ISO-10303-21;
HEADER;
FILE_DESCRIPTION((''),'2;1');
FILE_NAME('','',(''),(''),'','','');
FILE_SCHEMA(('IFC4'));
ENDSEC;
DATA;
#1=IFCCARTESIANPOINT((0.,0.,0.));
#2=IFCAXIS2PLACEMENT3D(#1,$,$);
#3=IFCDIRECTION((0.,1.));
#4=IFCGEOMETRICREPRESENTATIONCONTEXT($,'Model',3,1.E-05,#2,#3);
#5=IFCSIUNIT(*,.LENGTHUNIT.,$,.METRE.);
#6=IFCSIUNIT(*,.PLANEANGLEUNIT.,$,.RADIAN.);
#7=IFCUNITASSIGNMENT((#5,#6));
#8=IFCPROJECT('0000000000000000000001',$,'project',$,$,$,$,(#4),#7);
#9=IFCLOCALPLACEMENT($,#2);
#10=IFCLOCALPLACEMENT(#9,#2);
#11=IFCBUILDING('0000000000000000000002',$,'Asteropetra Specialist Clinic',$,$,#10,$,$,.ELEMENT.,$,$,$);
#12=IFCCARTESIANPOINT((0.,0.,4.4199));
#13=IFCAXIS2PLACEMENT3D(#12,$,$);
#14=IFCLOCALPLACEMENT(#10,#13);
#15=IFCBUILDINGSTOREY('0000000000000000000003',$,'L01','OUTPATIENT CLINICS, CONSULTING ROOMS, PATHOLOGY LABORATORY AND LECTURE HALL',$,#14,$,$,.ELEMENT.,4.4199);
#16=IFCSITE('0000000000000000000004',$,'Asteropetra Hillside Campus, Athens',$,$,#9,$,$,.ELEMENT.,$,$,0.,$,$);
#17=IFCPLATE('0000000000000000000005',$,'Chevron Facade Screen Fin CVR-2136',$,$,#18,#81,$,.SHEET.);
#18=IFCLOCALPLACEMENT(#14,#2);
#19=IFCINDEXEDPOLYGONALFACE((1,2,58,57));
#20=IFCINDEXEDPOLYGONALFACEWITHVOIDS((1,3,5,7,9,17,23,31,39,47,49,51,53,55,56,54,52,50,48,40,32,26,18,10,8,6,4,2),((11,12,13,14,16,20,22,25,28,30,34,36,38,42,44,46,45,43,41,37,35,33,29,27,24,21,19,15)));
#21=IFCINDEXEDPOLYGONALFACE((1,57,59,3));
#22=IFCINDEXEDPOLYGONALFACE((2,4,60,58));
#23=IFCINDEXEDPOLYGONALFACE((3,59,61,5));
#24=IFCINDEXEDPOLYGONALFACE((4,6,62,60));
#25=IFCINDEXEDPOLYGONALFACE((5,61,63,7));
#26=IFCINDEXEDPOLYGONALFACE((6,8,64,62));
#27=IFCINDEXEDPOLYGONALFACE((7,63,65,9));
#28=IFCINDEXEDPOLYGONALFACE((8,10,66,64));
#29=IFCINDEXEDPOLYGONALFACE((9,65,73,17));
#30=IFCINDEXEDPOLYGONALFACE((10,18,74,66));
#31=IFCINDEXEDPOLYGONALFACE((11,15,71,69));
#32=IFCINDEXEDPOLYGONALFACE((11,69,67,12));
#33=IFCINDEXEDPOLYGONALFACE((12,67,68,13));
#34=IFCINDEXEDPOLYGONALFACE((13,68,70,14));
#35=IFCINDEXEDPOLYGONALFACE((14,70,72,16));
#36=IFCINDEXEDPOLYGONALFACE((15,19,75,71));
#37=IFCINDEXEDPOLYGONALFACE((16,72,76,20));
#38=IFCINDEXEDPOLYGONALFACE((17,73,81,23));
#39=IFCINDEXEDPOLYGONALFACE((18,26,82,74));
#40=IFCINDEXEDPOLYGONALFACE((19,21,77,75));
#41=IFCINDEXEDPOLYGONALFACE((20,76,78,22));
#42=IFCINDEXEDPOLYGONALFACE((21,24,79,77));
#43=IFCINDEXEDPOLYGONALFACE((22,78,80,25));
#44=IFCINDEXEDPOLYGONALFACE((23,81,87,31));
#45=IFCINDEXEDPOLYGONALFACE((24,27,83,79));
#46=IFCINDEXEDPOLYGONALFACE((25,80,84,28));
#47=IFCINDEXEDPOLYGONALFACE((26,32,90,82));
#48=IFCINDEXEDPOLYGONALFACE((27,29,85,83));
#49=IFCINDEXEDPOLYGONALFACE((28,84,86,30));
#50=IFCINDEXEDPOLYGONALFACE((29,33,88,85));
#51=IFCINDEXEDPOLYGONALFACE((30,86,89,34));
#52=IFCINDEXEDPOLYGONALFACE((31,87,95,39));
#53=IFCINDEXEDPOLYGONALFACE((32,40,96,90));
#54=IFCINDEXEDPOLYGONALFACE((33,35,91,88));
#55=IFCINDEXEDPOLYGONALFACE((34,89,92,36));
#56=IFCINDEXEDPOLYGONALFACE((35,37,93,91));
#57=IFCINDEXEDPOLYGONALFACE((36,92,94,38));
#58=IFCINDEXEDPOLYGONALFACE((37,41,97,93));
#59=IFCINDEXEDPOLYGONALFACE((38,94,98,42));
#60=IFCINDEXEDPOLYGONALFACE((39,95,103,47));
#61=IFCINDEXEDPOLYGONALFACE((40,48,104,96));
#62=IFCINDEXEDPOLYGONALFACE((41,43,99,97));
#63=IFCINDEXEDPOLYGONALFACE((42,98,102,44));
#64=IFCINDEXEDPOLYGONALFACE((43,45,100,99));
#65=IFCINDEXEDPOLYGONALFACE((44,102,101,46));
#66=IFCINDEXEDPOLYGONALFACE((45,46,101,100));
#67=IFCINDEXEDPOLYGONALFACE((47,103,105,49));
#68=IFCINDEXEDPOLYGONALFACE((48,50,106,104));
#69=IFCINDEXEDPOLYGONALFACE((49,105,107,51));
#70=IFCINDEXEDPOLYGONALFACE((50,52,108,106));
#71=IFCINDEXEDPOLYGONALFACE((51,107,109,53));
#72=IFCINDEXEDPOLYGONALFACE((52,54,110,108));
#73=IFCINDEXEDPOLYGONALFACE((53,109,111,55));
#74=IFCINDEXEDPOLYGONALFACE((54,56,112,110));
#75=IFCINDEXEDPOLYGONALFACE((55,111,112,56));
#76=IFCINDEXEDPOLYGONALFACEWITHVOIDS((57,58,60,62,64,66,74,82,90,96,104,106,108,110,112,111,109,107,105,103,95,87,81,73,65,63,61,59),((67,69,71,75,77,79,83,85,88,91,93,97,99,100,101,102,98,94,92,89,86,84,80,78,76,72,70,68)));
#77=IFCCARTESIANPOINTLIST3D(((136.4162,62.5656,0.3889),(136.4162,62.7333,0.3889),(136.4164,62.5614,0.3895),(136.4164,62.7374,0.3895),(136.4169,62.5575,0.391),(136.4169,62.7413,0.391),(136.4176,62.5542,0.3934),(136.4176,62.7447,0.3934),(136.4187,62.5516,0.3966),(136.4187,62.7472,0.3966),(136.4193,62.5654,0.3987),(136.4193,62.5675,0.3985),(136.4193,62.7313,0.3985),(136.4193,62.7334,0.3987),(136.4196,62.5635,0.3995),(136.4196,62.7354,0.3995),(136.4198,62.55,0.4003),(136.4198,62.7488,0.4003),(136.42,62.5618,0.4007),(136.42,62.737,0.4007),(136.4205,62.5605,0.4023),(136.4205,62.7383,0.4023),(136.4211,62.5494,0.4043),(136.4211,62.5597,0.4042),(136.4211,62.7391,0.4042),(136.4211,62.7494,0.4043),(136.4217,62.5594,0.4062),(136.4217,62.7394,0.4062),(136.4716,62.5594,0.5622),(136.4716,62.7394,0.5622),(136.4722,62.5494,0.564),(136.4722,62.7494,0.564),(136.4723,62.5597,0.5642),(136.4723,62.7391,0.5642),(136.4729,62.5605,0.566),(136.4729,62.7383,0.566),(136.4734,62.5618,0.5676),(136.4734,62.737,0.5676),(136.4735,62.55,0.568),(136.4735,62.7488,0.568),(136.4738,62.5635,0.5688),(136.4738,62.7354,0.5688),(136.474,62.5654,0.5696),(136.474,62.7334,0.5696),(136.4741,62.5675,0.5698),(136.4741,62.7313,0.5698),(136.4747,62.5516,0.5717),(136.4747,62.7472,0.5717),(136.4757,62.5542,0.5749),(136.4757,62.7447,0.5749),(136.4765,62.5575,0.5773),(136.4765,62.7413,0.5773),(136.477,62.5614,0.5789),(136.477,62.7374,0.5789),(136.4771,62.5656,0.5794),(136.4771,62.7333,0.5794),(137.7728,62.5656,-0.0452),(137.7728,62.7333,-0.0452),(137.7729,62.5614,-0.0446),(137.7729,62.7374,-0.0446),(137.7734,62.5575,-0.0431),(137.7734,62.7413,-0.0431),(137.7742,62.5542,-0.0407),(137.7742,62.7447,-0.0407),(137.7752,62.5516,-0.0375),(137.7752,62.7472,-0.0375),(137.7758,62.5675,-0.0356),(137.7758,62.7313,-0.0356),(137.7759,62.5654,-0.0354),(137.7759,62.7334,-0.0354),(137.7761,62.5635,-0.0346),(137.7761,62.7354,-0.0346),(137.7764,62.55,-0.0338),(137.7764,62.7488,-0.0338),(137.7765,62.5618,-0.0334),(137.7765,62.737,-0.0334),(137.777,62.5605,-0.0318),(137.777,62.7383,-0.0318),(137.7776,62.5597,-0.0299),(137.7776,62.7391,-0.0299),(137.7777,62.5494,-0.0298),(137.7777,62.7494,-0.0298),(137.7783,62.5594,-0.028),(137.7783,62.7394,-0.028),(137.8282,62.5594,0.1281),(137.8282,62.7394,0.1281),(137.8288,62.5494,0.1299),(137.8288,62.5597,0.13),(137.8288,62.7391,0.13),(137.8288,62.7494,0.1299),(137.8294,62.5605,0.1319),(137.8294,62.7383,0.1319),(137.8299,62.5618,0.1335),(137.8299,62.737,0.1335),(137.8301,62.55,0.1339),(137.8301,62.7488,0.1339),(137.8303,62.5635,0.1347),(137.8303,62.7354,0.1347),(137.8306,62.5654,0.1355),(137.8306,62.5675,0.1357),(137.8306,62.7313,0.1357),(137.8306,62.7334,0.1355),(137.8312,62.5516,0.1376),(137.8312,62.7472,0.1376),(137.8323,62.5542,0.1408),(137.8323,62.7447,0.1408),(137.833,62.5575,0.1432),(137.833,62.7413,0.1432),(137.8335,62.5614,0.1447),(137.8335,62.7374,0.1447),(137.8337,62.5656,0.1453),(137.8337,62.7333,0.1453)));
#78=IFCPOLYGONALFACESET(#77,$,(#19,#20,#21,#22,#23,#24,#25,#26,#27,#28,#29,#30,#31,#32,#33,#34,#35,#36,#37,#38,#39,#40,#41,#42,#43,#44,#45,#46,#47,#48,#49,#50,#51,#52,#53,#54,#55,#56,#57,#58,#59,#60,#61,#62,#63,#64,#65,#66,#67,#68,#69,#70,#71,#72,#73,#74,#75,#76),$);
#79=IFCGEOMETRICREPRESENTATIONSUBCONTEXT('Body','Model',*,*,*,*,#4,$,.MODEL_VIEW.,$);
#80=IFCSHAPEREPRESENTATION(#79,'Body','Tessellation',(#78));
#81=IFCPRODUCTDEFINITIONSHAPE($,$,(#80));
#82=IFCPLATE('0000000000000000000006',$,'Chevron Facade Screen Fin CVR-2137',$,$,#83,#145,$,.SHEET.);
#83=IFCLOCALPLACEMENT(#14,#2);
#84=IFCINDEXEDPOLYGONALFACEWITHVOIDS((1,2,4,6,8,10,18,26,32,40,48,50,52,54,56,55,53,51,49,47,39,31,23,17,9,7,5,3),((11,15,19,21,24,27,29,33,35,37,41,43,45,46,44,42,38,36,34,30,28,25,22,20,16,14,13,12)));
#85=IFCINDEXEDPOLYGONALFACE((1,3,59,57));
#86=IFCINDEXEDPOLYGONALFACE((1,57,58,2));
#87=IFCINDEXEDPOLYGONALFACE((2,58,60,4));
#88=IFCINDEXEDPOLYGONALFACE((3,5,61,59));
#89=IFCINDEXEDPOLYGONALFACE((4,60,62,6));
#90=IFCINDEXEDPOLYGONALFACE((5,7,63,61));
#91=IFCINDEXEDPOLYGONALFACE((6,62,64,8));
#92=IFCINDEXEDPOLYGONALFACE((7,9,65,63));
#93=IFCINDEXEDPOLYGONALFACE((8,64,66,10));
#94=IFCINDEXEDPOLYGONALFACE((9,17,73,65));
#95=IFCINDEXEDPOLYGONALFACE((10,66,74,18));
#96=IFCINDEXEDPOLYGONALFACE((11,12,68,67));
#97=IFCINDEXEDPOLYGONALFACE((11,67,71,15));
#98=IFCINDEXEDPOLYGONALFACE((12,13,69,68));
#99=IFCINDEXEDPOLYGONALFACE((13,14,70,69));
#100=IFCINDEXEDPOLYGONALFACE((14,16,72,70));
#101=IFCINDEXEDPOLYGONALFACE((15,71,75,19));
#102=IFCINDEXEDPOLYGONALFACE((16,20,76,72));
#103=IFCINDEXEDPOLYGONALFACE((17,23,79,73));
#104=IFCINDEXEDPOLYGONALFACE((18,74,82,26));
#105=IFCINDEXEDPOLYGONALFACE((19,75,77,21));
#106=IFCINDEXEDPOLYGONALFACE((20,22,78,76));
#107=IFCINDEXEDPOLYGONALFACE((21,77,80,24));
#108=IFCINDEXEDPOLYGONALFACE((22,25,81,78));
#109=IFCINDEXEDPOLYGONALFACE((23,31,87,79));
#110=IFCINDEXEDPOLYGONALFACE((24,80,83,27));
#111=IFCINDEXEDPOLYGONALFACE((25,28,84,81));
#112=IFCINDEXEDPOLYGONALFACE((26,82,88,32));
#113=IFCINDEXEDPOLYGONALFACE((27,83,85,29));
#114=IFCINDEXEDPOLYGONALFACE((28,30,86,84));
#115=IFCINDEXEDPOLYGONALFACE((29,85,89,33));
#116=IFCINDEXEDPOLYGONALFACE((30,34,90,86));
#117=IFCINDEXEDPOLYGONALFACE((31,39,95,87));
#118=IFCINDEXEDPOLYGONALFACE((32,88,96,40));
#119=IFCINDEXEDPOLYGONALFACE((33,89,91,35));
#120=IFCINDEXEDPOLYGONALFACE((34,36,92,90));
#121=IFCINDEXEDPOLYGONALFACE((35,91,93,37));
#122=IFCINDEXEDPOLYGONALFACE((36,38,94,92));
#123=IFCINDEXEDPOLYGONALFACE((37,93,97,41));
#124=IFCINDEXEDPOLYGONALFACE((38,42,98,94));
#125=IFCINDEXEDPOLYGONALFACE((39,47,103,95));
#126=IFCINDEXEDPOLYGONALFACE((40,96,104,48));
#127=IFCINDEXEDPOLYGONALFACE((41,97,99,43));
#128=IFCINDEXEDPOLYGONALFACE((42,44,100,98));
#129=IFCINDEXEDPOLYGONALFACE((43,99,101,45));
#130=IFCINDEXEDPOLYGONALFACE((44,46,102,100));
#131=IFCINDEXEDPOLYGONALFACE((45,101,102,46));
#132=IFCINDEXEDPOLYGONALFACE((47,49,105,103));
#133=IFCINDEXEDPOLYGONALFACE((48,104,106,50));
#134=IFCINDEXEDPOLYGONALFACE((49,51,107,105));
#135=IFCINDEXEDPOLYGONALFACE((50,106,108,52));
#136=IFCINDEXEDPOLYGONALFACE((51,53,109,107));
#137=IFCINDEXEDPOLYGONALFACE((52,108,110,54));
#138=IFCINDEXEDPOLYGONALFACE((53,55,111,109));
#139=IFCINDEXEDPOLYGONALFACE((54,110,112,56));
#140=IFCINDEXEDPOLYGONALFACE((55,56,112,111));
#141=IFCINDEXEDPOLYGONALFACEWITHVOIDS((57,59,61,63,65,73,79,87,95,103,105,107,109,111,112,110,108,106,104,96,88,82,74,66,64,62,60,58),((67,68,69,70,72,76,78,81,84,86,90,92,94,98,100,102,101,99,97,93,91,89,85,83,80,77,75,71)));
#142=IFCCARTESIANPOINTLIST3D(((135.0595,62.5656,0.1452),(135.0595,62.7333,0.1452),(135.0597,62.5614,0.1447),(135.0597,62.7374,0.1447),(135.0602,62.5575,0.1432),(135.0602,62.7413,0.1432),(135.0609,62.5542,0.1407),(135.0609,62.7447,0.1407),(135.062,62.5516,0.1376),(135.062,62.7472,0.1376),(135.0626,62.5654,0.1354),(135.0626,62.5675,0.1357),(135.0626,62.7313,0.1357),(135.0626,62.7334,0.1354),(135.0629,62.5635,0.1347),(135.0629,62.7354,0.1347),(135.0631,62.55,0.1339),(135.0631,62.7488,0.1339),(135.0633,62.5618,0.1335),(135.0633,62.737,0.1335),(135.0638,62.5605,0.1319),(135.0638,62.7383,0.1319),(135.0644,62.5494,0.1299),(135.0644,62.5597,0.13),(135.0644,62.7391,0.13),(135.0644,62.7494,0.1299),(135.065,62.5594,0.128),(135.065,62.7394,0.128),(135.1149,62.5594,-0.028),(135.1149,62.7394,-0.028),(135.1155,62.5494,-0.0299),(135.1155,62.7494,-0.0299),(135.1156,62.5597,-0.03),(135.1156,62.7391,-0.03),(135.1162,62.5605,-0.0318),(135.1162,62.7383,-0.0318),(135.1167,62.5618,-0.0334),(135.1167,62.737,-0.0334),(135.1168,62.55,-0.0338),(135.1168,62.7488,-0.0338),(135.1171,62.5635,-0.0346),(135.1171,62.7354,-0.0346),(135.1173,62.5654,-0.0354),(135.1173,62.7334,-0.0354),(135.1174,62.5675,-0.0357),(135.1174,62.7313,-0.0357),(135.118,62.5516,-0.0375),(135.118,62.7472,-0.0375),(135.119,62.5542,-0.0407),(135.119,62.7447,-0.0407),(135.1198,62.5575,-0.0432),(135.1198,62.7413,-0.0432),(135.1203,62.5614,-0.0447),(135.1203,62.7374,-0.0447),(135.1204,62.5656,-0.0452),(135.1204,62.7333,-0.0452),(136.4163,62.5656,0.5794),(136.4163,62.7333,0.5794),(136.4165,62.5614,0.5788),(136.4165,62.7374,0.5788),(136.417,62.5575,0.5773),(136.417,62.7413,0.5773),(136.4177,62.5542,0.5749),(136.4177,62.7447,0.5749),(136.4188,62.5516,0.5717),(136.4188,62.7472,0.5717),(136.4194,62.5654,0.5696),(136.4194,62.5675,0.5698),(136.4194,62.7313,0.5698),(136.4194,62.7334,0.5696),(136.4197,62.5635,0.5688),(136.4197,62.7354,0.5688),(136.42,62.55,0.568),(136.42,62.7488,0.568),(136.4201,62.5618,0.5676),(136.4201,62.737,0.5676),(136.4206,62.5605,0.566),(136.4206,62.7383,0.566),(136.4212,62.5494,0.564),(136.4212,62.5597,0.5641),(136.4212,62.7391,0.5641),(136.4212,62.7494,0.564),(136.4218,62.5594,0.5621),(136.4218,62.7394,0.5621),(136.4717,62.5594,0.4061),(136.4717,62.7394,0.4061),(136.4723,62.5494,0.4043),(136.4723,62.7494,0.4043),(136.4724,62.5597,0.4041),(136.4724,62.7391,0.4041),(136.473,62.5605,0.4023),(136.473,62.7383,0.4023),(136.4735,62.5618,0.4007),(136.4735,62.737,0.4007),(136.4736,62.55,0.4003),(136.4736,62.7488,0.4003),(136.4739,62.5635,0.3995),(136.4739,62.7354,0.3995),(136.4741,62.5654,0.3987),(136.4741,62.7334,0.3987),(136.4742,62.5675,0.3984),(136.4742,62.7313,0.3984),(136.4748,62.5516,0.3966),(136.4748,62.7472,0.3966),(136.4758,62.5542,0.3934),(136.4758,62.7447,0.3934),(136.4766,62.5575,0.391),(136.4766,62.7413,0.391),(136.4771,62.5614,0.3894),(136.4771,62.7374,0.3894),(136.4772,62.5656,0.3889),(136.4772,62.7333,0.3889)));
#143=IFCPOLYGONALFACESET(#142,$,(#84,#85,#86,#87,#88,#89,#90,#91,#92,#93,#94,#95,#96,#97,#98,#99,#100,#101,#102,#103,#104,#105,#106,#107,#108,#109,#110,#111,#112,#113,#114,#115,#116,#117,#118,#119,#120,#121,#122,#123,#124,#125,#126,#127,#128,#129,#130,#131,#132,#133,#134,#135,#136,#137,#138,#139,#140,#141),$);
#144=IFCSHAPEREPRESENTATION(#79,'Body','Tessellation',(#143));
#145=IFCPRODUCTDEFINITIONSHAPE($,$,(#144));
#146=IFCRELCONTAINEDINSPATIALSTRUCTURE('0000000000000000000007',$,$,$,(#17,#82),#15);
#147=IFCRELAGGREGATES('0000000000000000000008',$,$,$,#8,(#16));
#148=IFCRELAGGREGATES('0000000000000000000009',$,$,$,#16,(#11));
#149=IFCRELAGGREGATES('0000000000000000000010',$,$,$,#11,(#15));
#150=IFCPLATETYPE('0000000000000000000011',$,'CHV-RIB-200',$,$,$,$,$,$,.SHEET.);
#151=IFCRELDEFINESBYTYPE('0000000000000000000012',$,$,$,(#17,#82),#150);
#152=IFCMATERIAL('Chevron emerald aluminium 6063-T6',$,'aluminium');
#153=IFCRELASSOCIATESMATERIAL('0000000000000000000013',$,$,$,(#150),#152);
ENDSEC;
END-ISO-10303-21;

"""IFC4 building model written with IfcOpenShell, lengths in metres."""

from ifc_helpers import new_model, si_unit, direction, frame, origin, origin_2d, place, context, subcontext, project, spatial, hollow_rectangle, extrude, material, material_profile, profile_set, type_object, element, save


model = new_model("IFC4")

# Units and contexts
model_context = context("Model", 3, precision=1e-05, world=origin(), true_north=direction((0.0, 1.0)))
body_context = subcontext(model_context, "Body", "Model", "MODEL_VIEW")
ifc_project = project(units=[si_unit("LENGTHUNIT", "METRE"), si_unit("PLANEANGLEUNIT", "RADIAN")], contexts=[model_context])

# Site, building, storey
site_placement = place(None, origin())
site = spatial("IfcSite", under=ifc_project, at=site_placement, Name="Asteropetra Hillside Campus, Athens", CompositionType="ELEMENT", RefElevation=0.0)
building_placement = place(site_placement, origin())
building = spatial("IfcBuilding", under=site, at=building_placement, Name="Asteropetra Specialist Clinic", CompositionType="ELEMENT")
storey_placement = place(building_placement, frame((0.0, 0.0, 4.4199)))
storey = spatial("IfcBuildingStorey", under=building, at=storey_placement, Name="L01", Description="OUTPATIENT CLINICS, CONSULTING ROOMS, PATHOLOGY LABORATORY AND LECTURE HALL", CompositionType="ELEMENT", Elevation=4.4199)

# Plates
ifc_material_1 = material(Name="Chevron emerald aluminium 6063-T6", Category="aluminium")
ifc_material_profile_1 = material_profile(ifc_material_1, hollow_rectangle(XDim=0.2, YDim=0.2, WallThickness=0.01, InnerFilletRadius=0.0081, OuterFilletRadius=0.0161, at=origin_2d()), Name="SHS 200x200x10.0")
ifc_profile_set_1 = profile_set([ifc_material_profile_1], Name="Chevron emerald aluminium 6063-T6")
plate_type = type_object("IfcPlateType", Name="CHV-RIB-200", PredefinedType="SHEET", material=ifc_profile_set_1)
plate_1_placement = place(storey_placement, frame((137.8032, 62.6494, 0.05), z_axis=(-0.95242, 0.0, 0.304788), x_axis=(0.0, -1.0, 0.0)))
element("IfcPlate", 1, at=plate_1_placement, inside=storey, type_object=plate_type, Name="Chevron Facade Screen Fin CVR-2136", PredefinedType="SHEET", context=body_context, shape_type="SweptSolid", body=[
    extrude(hollow_rectangle(XDim=0.2, YDim=0.2, WallThickness=0.01, InnerFilletRadius=0.0081, OuterFilletRadius=0.0161, at=origin_2d()), origin(), (0.0, 0.0, 1.0), 1.4243),
])
plate_2_placement = place(storey_placement, frame((136.4468, 62.6494, 0.4841), z_axis=(-0.952436, 0.0, -0.304738), x_axis=(0.0, -1.0, 0.0)))
element("IfcPlate", 2, at=plate_2_placement, inside=storey, type_object=plate_type, Name="Chevron Facade Screen Fin CVR-2137", PredefinedType="SHEET", context=body_context, shape_type="SweptSolid", body=[
    extrude(hollow_rectangle(XDim=0.2, YDim=0.2, WallThickness=0.01, InnerFilletRadius=0.0081, OuterFilletRadius=0.0161, at=origin_2d()), origin(), (0.0, 0.0, 1.0), 1.4246),
])

save(model, "model.ifc")
